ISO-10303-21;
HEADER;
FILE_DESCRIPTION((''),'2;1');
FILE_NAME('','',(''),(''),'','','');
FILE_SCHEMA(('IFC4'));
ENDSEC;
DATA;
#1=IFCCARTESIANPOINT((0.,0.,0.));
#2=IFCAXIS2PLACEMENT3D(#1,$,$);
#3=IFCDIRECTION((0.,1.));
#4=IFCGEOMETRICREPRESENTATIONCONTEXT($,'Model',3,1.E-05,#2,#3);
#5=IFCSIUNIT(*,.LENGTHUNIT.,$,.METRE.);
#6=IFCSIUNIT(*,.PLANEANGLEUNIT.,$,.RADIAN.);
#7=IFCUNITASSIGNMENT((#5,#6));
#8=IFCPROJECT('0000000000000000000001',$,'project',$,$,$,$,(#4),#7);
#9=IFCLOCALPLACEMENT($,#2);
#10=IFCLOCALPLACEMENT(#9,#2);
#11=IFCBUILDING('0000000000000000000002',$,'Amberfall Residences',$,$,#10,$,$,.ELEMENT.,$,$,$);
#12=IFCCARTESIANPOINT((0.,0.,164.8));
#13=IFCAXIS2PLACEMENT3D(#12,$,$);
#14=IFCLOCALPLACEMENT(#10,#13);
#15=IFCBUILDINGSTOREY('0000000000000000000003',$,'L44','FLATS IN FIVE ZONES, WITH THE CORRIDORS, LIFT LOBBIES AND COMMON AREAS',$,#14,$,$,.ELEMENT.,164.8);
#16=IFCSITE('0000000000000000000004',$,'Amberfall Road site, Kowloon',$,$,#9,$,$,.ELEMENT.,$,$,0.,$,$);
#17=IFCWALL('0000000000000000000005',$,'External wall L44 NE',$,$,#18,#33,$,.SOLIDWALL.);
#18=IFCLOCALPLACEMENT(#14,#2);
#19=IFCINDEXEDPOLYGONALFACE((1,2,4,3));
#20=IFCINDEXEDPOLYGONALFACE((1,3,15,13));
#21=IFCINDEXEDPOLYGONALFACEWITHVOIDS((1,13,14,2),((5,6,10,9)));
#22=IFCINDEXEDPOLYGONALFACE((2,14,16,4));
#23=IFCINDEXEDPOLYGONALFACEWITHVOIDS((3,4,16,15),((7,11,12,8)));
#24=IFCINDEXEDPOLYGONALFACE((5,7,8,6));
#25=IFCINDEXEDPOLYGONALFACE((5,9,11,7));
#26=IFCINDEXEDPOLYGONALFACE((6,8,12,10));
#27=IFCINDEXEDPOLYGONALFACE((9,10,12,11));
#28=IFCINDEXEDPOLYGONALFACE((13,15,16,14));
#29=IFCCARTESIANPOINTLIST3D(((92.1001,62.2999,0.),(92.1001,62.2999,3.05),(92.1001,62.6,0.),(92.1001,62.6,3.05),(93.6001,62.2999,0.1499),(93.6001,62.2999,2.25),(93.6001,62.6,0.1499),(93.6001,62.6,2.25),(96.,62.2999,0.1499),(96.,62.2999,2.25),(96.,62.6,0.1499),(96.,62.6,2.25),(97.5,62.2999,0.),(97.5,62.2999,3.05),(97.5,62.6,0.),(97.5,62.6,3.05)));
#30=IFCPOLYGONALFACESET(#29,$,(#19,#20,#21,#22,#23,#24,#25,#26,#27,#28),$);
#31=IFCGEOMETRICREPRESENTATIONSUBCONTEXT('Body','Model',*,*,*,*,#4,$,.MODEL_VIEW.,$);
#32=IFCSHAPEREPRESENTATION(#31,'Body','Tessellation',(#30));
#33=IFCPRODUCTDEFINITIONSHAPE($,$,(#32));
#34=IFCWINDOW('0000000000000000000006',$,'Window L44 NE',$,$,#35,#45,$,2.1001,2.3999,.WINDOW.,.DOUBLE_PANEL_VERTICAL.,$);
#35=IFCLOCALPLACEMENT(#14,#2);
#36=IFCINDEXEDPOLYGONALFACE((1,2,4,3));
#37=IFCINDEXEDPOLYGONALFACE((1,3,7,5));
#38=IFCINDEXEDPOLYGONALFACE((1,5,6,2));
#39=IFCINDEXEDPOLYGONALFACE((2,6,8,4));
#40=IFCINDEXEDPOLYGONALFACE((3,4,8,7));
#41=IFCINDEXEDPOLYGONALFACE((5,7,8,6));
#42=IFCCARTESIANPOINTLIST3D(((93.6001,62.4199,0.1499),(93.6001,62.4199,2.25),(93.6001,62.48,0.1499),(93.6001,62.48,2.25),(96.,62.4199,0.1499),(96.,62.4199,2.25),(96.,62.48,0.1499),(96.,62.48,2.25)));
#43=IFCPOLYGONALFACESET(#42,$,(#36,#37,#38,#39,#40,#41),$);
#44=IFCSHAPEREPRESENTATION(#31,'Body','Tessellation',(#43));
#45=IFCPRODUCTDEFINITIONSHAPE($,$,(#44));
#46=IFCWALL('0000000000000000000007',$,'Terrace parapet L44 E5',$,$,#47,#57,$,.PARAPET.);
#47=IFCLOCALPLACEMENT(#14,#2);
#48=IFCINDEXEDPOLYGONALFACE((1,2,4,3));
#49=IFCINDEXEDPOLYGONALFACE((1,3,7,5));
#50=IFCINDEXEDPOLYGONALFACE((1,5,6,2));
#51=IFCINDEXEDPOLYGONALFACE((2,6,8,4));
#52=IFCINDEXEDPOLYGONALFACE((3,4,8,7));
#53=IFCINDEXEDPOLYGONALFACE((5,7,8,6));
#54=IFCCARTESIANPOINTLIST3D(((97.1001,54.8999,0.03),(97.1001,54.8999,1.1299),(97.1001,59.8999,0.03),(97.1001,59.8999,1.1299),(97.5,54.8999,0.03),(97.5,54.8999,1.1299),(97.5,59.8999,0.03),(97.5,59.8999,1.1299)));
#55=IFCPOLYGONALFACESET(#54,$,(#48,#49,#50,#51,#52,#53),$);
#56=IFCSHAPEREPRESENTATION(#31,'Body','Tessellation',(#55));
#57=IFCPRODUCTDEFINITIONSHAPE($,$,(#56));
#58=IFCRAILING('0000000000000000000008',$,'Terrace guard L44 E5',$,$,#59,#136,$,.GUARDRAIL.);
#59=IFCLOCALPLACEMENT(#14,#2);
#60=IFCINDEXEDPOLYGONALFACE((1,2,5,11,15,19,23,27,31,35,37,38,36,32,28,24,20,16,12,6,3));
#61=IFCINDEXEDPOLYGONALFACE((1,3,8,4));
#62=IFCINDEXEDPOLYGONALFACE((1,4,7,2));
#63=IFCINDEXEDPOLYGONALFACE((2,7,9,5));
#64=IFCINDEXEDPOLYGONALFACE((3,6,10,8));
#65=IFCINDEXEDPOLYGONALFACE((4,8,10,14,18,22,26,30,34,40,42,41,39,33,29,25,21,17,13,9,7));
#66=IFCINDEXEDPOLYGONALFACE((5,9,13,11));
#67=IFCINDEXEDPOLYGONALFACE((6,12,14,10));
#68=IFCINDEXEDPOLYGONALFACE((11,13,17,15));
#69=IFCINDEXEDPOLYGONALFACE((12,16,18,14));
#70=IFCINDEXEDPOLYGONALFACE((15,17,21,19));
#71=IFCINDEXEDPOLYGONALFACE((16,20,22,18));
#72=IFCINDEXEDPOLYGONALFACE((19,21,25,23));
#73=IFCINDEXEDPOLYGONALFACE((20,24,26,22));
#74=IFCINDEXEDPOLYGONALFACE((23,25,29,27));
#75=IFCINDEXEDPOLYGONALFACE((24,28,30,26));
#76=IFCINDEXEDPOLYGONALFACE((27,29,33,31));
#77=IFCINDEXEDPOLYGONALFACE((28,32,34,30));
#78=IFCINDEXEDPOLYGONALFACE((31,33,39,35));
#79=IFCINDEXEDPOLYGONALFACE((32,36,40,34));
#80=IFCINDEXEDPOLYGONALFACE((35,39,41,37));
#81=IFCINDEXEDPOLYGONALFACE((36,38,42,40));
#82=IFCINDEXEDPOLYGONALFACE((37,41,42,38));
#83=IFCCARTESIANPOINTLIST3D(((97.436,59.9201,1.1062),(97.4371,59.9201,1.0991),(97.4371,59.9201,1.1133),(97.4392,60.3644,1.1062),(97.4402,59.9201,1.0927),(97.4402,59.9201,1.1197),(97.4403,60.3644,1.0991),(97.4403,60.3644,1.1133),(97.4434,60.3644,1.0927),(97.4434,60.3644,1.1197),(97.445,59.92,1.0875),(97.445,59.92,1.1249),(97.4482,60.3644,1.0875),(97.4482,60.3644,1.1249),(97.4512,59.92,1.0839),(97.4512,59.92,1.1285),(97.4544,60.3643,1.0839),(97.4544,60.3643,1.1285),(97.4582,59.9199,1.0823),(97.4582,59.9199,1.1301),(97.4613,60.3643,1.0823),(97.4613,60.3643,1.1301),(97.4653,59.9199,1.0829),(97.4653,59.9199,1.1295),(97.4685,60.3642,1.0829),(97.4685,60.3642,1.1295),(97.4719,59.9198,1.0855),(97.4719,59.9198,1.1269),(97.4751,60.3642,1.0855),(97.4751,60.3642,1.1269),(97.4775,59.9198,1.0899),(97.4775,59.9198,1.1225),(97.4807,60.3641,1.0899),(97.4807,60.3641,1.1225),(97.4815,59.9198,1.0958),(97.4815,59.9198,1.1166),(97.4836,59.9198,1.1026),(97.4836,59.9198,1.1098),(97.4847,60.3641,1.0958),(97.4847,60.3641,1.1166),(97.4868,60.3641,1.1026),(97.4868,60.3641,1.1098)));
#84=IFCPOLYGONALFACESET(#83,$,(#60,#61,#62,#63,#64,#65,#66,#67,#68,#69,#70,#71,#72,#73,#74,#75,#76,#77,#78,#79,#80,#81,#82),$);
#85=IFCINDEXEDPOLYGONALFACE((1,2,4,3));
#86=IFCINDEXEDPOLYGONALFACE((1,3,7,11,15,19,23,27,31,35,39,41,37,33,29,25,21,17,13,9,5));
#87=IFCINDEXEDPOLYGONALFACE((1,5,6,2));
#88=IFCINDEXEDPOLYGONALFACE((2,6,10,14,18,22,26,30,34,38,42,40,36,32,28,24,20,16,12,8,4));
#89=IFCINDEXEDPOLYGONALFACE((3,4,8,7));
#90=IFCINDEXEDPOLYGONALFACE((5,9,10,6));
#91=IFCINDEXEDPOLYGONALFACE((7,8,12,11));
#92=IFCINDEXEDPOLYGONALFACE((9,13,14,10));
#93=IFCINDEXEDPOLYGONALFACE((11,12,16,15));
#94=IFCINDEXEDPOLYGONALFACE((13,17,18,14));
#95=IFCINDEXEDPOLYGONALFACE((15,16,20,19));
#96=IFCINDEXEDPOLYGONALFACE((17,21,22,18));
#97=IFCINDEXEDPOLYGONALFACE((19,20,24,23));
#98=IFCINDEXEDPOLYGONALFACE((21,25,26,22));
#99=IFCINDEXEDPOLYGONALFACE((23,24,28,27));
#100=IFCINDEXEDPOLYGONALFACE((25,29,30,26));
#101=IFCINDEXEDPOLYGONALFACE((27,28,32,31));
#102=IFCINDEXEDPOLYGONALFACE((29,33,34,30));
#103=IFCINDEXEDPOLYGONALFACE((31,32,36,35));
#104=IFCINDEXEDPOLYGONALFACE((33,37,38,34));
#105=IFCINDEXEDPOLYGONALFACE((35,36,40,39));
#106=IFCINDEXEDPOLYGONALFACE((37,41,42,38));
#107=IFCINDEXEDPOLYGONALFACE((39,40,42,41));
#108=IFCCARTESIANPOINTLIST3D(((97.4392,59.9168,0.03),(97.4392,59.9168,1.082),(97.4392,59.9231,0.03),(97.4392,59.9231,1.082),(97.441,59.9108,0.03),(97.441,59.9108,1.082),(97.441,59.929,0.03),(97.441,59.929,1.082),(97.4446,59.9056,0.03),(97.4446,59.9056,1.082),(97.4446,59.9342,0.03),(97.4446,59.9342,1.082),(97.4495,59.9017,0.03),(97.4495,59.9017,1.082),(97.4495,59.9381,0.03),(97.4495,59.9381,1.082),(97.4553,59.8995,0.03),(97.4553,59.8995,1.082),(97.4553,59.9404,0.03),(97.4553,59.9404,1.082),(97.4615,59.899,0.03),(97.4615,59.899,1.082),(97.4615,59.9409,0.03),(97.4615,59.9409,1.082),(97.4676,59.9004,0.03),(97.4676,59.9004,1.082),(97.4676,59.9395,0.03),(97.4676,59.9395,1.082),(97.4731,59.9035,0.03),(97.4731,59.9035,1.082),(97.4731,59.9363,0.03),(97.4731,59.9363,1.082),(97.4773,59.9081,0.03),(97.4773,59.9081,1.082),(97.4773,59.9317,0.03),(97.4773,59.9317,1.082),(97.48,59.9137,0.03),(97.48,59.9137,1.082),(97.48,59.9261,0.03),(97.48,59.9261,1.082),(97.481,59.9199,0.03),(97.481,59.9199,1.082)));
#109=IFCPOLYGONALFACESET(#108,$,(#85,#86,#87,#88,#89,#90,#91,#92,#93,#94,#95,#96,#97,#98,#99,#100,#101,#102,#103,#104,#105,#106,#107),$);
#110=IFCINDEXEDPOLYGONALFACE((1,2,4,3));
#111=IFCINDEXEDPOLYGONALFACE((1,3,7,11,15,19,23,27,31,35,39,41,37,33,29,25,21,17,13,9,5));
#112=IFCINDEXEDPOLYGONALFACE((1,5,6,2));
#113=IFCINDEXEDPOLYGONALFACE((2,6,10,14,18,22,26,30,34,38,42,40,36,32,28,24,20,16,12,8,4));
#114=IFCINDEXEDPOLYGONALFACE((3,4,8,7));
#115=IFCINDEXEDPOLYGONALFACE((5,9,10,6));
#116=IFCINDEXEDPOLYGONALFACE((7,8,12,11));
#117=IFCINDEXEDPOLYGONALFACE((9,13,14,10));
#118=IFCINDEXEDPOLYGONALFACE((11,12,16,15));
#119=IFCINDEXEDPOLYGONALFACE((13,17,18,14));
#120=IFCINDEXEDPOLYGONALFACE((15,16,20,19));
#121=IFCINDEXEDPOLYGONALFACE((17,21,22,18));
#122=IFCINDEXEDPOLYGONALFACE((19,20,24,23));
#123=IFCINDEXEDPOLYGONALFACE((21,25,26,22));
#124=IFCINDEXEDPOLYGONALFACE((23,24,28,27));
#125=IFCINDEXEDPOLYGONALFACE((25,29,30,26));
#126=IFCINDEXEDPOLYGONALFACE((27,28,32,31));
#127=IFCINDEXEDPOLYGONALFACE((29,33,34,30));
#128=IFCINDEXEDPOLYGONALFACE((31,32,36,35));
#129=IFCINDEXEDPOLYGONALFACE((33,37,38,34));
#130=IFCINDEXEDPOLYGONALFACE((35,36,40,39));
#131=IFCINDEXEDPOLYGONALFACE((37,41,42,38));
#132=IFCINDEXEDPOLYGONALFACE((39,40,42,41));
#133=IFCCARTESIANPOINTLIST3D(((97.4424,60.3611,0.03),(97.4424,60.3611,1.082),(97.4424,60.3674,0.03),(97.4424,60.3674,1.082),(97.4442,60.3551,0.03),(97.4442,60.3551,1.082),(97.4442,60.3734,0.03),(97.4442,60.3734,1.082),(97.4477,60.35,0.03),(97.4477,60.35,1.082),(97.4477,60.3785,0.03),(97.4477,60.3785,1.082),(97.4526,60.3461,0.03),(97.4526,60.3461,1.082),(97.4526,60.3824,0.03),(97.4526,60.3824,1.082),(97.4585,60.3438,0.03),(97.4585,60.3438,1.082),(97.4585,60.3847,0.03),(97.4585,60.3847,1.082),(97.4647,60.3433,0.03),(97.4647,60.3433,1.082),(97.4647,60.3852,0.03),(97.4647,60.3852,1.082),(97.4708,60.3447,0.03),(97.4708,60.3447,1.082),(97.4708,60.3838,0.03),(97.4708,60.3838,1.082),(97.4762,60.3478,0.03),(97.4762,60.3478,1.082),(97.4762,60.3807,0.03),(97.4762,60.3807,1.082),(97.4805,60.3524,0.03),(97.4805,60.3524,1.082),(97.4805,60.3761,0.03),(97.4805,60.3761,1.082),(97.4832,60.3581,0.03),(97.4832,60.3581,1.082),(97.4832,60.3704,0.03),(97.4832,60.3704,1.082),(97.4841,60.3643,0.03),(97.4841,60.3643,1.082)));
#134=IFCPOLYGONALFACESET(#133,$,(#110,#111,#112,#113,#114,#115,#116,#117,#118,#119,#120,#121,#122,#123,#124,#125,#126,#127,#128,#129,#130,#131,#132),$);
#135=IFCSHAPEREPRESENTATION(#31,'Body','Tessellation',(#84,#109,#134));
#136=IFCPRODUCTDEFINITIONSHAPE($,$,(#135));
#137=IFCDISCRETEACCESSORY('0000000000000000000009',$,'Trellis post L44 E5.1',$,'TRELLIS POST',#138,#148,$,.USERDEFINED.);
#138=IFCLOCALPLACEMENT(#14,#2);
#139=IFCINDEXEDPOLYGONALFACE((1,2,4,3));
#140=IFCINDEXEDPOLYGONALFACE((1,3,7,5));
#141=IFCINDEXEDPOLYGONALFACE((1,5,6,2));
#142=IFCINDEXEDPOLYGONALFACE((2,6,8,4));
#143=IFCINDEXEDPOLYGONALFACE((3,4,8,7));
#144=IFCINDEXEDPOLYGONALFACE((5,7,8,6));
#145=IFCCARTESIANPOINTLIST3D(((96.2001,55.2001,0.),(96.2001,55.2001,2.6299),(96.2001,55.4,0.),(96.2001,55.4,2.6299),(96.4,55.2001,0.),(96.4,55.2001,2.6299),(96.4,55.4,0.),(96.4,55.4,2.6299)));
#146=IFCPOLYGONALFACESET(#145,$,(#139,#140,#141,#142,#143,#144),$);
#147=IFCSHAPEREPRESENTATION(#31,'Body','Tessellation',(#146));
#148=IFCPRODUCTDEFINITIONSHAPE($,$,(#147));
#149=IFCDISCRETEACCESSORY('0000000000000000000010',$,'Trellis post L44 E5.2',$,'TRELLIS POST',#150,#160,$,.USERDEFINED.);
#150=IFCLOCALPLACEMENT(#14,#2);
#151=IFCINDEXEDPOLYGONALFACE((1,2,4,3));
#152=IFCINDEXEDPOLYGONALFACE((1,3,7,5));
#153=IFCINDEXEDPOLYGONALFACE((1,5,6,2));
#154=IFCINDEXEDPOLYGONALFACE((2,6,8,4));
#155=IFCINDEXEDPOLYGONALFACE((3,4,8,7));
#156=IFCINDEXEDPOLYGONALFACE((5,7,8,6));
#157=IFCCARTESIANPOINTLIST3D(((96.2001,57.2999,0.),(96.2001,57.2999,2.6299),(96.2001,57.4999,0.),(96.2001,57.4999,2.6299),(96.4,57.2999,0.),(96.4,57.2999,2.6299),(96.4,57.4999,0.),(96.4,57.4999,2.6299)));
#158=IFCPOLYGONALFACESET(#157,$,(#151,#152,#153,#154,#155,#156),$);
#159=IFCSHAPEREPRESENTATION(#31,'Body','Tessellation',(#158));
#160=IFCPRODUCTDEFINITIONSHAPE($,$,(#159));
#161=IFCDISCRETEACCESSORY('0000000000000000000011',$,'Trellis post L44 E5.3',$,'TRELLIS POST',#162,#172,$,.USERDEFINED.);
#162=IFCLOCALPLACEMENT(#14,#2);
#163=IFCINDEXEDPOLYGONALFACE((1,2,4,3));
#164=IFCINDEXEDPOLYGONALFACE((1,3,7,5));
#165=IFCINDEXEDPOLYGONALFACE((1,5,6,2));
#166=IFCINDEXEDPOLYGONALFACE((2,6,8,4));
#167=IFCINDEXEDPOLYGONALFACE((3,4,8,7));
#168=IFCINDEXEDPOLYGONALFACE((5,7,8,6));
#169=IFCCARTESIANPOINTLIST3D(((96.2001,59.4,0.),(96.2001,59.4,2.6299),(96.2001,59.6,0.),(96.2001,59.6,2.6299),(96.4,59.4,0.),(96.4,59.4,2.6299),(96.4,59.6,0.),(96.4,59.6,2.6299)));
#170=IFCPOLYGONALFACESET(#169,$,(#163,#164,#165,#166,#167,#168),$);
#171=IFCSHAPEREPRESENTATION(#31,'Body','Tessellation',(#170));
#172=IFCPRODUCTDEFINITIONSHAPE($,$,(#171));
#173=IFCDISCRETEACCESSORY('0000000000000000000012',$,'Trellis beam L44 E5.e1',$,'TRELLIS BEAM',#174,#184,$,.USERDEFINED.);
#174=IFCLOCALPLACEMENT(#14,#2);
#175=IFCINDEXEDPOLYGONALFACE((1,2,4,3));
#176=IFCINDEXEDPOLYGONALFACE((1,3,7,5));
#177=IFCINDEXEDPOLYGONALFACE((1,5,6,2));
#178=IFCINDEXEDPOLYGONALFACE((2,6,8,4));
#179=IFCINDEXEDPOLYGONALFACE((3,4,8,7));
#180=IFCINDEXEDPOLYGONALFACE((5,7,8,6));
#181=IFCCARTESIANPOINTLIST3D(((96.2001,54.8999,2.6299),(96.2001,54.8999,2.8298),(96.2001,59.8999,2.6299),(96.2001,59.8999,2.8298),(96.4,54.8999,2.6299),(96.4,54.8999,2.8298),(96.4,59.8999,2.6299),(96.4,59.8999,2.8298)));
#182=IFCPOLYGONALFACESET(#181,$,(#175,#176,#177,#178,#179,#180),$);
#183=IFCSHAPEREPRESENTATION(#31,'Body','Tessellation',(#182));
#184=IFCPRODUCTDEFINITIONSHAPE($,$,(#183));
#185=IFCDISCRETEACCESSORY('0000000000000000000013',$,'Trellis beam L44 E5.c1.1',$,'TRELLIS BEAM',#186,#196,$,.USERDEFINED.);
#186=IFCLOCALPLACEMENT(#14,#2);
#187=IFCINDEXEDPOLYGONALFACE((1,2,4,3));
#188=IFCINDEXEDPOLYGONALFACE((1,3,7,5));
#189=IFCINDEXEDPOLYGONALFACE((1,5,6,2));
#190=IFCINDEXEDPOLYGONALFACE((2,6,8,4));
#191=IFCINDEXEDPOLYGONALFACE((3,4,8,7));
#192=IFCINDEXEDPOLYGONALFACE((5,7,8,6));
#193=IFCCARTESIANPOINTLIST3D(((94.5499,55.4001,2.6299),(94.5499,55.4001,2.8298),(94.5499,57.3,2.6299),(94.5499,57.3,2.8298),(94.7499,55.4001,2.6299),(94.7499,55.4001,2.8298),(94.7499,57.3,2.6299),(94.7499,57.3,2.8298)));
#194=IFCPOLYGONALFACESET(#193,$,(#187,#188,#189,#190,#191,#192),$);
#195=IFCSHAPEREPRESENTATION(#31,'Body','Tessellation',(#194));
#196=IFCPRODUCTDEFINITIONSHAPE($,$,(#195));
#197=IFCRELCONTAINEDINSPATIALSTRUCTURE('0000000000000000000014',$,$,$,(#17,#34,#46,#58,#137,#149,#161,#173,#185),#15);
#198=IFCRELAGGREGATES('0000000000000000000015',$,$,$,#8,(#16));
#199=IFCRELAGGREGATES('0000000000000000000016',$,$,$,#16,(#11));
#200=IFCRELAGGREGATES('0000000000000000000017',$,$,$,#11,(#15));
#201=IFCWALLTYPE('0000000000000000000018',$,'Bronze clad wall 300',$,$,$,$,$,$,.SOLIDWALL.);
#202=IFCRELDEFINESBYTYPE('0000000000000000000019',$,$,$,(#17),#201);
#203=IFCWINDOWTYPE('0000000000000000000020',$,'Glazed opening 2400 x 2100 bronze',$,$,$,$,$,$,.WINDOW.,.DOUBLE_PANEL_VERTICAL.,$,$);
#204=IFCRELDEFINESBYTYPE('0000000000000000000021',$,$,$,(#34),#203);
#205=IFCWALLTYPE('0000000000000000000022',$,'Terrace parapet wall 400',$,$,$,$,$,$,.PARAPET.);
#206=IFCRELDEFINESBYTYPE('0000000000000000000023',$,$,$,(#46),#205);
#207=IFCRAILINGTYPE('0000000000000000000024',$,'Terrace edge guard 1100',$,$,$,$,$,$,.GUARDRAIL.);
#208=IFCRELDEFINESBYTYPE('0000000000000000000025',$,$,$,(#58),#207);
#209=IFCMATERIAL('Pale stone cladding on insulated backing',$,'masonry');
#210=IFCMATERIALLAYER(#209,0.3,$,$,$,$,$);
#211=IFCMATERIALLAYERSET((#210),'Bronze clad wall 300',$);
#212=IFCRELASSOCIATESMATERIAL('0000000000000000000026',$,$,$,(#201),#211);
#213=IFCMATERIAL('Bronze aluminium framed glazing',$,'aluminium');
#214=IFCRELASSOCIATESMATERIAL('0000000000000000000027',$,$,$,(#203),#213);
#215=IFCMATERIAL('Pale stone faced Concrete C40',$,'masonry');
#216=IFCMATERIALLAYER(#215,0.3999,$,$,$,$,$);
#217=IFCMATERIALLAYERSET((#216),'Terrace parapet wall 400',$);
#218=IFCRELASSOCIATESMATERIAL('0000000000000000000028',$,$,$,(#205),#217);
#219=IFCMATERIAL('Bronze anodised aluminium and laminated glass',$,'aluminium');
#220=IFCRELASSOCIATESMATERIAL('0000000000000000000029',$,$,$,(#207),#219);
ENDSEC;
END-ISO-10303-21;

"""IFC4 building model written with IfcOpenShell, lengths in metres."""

from ifc_helpers import new_model, si_unit, direction, frame, frame_2d, origin, origin_2d, place, context, subcontext, project, spatial, rectangle, circle, extrude, material, layer, layer_set, type_object, element, fill, save


model = new_model("IFC4")

# Units and contexts
model_context = context("Model", 3, precision=1e-05, world=origin(), true_north=direction((0.0, 1.0)))
body_context = subcontext(model_context, "Body", "Model", "MODEL_VIEW")
ifc_project = project(units=[si_unit("LENGTHUNIT", "METRE"), si_unit("PLANEANGLEUNIT", "RADIAN")], contexts=[model_context])

# Site, building, storey
site_placement = place(None, origin())
site = spatial("IfcSite", under=ifc_project, at=site_placement, Name="Amberfall Road site, Kowloon", CompositionType="ELEMENT", RefElevation=0.0)
building_placement = place(site_placement, origin())
building = spatial("IfcBuilding", under=site, at=building_placement, Name="Amberfall Residences", CompositionType="ELEMENT")
storey_placement = place(building_placement, frame((0.0, 0.0, 164.8)))
storey = spatial("IfcBuildingStorey", under=building, at=storey_placement, Name="L44", Description="FLATS IN FIVE ZONES, WITH THE CORRIDORS, LIFT LOBBIES AND COMMON AREAS", CompositionType="ELEMENT", Elevation=164.8)

# Shared definitions
ifc_material_1 = material(Name="Pale stone cladding on insulated backing", Category="masonry")
ifc_layer_1 = layer(ifc_material_1, 0.3)
ifc_layer_set_1 = layer_set([ifc_layer_1], Name="Bronze clad wall 300")
wall_type_1 = type_object("IfcWallType", Name="Bronze clad wall 300", PredefinedType="SOLIDWALL", material=ifc_layer_set_1)
ifc_material_2 = material(Name="Bronze aluminium framed glazing", Category="aluminium")

# Wall, opening, window
wall_1_placement = place(storey_placement, frame((97.5, 62.45, 0.0), z_axis=(0.0, 0.0, 1.0), x_axis=(-1.0, 0.0, 0.0)))
wall_1 = element("IfcWall", 1, at=wall_1_placement, inside=storey, type_object=wall_type_1, Name="External wall L44 NE", PredefinedType="SOLIDWALL", context=body_context, shape_type="SweptSolid", body=[
    extrude(rectangle(XDim=5.3999, YDim=0.3, at=frame_2d((2.7, 0.0))), origin(), (0.0, 0.0, 1.0), 3.05),
])
opening_1_placement = place(wall_1_placement, frame((1.5, 0.0, 0.1499)))
opening_1 = element("IfcOpeningElement", 2, at=opening_1_placement, cuts=wall_1, PredefinedType="OPENING", context=body_context, shape_type="SweptSolid", body=[
    extrude(rectangle(XDim=2.3999, YDim=2.1001, at=frame_2d((1.2, 1.05))), frame((0.0, 0.1599, 0.0), z_axis=(0.0, -1.0, 0.0), x_axis=(1.0, 0.0, 0.0)), (0.0, 0.0, 1.0), 0.3201),
])
window_type_1 = type_object("IfcWindowType", Name="Glazed opening 2400 x 2100 bronze", PartitioningType="DOUBLE_PANEL_VERTICAL", PredefinedType="WINDOW", material=ifc_material_2)
window_1_placement = place(opening_1_placement, origin())
window_1 = element("IfcWindow", 3, at=window_1_placement, inside=storey, type_object=window_type_1, Name="Window L44 NE", OverallHeight=2.1001, OverallWidth=2.3999, PartitioningType="DOUBLE_PANEL_VERTICAL", PredefinedType="WINDOW", context=body_context, shape_type="SweptSolid", body=[
    extrude(rectangle(XDim=2.3999, YDim=2.1001, at=frame_2d((1.2, 1.05))), frame((0.0, 0.03, 0.0), z_axis=(0.0, -1.0, 0.0), x_axis=(1.0, 0.0, 0.0)), (0.0, 0.0, 1.0), 0.0601),
])
fill(opening_1, window_1)

# Wall
ifc_material_3 = material(Name="Pale stone faced Concrete C40", Category="masonry")
ifc_layer_2 = layer(ifc_material_3, 0.3999)
ifc_layer_set_2 = layer_set([ifc_layer_2], Name="Terrace parapet wall 400")
wall_type_2 = type_object("IfcWallType", Name="Terrace parapet wall 400", PredefinedType="PARAPET", material=ifc_layer_set_2)
wall_2_placement = place(storey_placement, frame((97.3, 54.8999, 0.03), z_axis=(0.0, 0.0, 1.0), x_axis=(0.0, 1.0, 0.0)))
element("IfcWall", 4, at=wall_2_placement, inside=storey, type_object=wall_type_2, Name="Terrace parapet L44 E5", PredefinedType="PARAPET", context=body_context, shape_type="SweptSolid", body=[
    extrude(rectangle(XDim=5.0, YDim=0.3999, at=frame_2d((2.5, 0.0))), origin(), (0.0, 0.0, 1.0), 1.0999),
])

# Railing
ifc_material_4 = material(Name="Bronze anodised aluminium and laminated glass", Category="aluminium")
railing_type = type_object("IfcRailingType", Name="Terrace edge guard 1100", PredefinedType="GUARDRAIL", material=ifc_material_4)
railing_placement = place(storey_placement, frame((97.46, 59.9199, 0.03)))
element("IfcRailing", 5, at=railing_placement, inside=storey, type_object=railing_type, Name="Terrace guard L44 E5", PredefinedType="GUARDRAIL", context=body_context, shape_type="SweptSolid", body=[
    extrude(circle(Radius=0.0239, at=origin_2d()), frame((0.0, 0.0, 1.0762), z_axis=(0.007143, 0.999974, 0.0), x_axis=(-0.999974, 0.007143, 0.0)), (0.0, 0.0, 1.0), 0.4443),
    extrude(circle(Radius=0.021, at=origin_2d()), origin(), (0.0, 0.0, 1.0), 1.052),
    extrude(circle(Radius=0.021, at=origin_2d()), frame((0.0032, 0.4443, 0.0)), (0.0, 0.0, 1.0), 1.052),
])

# Discrete accessories
for number, where, z_axis, x_axis, name in (
    (6, (96.3, 55.3, 0.0), (0.0, 0.0, 1.0), (1.0, 0.0, 0.0), "Trellis post L44 E5.1"),
    (7, (96.3, 57.3999, 0.0), (0.0, 0.0, 1.0), (1.0, 0.0, 0.0), "Trellis post L44 E5.2"),
    (8, (96.3, 59.5, 0.0), (0.0, 0.0, 1.0), (1.0, 0.0, 0.0), "Trellis post L44 E5.3"),
):
    element("IfcDiscreteAccessory", number, at=place(storey_placement, frame(where, z_axis=z_axis, x_axis=x_axis)), inside=storey, Name=name, ObjectType="TRELLIS POST", PredefinedType="USERDEFINED", context=body_context, shape_type="SweptSolid", body=[
        extrude(rectangle(XDim=0.2, YDim=0.2, at=origin_2d()), origin(), (0.0, 0.0, 1.0), 2.6299),
    ])
discrete_accessory_placement = place(storey_placement, frame((96.3, 57.3999, 2.6299), z_axis=(0.0, 0.0, 1.0), x_axis=(0.0, 1.0, 0.0)))
element("IfcDiscreteAccessory", 9, at=discrete_accessory_placement, inside=storey, Name="Trellis beam L44 E5.e1", ObjectType="TRELLIS BEAM", PredefinedType="USERDEFINED", context=body_context, shape_type="SweptSolid", body=[
    extrude(rectangle(XDim=5.0, YDim=0.2, at=origin_2d()), origin(), (0.0, 0.0, 1.0), 0.2),
])
for number, where, z_axis, x_axis, name in (
    (10, (94.6499, 56.3501, 2.6299), (0.0, 0.0, 1.0), (0.0, 1.0, 0.0), "Trellis beam L44 E5.c1.1"),
):
    element("IfcDiscreteAccessory", number, at=place(storey_placement, frame(where, z_axis=z_axis, x_axis=x_axis)), inside=storey, Name=name, ObjectType="TRELLIS BEAM", PredefinedType="USERDEFINED", context=body_context, shape_type="SweptSolid", body=[
        extrude(rectangle(XDim=1.8999, YDim=0.2, at=origin_2d()), origin(), (0.0, 0.0, 1.0), 0.2),
    ])

save(model, "model.ifc")
